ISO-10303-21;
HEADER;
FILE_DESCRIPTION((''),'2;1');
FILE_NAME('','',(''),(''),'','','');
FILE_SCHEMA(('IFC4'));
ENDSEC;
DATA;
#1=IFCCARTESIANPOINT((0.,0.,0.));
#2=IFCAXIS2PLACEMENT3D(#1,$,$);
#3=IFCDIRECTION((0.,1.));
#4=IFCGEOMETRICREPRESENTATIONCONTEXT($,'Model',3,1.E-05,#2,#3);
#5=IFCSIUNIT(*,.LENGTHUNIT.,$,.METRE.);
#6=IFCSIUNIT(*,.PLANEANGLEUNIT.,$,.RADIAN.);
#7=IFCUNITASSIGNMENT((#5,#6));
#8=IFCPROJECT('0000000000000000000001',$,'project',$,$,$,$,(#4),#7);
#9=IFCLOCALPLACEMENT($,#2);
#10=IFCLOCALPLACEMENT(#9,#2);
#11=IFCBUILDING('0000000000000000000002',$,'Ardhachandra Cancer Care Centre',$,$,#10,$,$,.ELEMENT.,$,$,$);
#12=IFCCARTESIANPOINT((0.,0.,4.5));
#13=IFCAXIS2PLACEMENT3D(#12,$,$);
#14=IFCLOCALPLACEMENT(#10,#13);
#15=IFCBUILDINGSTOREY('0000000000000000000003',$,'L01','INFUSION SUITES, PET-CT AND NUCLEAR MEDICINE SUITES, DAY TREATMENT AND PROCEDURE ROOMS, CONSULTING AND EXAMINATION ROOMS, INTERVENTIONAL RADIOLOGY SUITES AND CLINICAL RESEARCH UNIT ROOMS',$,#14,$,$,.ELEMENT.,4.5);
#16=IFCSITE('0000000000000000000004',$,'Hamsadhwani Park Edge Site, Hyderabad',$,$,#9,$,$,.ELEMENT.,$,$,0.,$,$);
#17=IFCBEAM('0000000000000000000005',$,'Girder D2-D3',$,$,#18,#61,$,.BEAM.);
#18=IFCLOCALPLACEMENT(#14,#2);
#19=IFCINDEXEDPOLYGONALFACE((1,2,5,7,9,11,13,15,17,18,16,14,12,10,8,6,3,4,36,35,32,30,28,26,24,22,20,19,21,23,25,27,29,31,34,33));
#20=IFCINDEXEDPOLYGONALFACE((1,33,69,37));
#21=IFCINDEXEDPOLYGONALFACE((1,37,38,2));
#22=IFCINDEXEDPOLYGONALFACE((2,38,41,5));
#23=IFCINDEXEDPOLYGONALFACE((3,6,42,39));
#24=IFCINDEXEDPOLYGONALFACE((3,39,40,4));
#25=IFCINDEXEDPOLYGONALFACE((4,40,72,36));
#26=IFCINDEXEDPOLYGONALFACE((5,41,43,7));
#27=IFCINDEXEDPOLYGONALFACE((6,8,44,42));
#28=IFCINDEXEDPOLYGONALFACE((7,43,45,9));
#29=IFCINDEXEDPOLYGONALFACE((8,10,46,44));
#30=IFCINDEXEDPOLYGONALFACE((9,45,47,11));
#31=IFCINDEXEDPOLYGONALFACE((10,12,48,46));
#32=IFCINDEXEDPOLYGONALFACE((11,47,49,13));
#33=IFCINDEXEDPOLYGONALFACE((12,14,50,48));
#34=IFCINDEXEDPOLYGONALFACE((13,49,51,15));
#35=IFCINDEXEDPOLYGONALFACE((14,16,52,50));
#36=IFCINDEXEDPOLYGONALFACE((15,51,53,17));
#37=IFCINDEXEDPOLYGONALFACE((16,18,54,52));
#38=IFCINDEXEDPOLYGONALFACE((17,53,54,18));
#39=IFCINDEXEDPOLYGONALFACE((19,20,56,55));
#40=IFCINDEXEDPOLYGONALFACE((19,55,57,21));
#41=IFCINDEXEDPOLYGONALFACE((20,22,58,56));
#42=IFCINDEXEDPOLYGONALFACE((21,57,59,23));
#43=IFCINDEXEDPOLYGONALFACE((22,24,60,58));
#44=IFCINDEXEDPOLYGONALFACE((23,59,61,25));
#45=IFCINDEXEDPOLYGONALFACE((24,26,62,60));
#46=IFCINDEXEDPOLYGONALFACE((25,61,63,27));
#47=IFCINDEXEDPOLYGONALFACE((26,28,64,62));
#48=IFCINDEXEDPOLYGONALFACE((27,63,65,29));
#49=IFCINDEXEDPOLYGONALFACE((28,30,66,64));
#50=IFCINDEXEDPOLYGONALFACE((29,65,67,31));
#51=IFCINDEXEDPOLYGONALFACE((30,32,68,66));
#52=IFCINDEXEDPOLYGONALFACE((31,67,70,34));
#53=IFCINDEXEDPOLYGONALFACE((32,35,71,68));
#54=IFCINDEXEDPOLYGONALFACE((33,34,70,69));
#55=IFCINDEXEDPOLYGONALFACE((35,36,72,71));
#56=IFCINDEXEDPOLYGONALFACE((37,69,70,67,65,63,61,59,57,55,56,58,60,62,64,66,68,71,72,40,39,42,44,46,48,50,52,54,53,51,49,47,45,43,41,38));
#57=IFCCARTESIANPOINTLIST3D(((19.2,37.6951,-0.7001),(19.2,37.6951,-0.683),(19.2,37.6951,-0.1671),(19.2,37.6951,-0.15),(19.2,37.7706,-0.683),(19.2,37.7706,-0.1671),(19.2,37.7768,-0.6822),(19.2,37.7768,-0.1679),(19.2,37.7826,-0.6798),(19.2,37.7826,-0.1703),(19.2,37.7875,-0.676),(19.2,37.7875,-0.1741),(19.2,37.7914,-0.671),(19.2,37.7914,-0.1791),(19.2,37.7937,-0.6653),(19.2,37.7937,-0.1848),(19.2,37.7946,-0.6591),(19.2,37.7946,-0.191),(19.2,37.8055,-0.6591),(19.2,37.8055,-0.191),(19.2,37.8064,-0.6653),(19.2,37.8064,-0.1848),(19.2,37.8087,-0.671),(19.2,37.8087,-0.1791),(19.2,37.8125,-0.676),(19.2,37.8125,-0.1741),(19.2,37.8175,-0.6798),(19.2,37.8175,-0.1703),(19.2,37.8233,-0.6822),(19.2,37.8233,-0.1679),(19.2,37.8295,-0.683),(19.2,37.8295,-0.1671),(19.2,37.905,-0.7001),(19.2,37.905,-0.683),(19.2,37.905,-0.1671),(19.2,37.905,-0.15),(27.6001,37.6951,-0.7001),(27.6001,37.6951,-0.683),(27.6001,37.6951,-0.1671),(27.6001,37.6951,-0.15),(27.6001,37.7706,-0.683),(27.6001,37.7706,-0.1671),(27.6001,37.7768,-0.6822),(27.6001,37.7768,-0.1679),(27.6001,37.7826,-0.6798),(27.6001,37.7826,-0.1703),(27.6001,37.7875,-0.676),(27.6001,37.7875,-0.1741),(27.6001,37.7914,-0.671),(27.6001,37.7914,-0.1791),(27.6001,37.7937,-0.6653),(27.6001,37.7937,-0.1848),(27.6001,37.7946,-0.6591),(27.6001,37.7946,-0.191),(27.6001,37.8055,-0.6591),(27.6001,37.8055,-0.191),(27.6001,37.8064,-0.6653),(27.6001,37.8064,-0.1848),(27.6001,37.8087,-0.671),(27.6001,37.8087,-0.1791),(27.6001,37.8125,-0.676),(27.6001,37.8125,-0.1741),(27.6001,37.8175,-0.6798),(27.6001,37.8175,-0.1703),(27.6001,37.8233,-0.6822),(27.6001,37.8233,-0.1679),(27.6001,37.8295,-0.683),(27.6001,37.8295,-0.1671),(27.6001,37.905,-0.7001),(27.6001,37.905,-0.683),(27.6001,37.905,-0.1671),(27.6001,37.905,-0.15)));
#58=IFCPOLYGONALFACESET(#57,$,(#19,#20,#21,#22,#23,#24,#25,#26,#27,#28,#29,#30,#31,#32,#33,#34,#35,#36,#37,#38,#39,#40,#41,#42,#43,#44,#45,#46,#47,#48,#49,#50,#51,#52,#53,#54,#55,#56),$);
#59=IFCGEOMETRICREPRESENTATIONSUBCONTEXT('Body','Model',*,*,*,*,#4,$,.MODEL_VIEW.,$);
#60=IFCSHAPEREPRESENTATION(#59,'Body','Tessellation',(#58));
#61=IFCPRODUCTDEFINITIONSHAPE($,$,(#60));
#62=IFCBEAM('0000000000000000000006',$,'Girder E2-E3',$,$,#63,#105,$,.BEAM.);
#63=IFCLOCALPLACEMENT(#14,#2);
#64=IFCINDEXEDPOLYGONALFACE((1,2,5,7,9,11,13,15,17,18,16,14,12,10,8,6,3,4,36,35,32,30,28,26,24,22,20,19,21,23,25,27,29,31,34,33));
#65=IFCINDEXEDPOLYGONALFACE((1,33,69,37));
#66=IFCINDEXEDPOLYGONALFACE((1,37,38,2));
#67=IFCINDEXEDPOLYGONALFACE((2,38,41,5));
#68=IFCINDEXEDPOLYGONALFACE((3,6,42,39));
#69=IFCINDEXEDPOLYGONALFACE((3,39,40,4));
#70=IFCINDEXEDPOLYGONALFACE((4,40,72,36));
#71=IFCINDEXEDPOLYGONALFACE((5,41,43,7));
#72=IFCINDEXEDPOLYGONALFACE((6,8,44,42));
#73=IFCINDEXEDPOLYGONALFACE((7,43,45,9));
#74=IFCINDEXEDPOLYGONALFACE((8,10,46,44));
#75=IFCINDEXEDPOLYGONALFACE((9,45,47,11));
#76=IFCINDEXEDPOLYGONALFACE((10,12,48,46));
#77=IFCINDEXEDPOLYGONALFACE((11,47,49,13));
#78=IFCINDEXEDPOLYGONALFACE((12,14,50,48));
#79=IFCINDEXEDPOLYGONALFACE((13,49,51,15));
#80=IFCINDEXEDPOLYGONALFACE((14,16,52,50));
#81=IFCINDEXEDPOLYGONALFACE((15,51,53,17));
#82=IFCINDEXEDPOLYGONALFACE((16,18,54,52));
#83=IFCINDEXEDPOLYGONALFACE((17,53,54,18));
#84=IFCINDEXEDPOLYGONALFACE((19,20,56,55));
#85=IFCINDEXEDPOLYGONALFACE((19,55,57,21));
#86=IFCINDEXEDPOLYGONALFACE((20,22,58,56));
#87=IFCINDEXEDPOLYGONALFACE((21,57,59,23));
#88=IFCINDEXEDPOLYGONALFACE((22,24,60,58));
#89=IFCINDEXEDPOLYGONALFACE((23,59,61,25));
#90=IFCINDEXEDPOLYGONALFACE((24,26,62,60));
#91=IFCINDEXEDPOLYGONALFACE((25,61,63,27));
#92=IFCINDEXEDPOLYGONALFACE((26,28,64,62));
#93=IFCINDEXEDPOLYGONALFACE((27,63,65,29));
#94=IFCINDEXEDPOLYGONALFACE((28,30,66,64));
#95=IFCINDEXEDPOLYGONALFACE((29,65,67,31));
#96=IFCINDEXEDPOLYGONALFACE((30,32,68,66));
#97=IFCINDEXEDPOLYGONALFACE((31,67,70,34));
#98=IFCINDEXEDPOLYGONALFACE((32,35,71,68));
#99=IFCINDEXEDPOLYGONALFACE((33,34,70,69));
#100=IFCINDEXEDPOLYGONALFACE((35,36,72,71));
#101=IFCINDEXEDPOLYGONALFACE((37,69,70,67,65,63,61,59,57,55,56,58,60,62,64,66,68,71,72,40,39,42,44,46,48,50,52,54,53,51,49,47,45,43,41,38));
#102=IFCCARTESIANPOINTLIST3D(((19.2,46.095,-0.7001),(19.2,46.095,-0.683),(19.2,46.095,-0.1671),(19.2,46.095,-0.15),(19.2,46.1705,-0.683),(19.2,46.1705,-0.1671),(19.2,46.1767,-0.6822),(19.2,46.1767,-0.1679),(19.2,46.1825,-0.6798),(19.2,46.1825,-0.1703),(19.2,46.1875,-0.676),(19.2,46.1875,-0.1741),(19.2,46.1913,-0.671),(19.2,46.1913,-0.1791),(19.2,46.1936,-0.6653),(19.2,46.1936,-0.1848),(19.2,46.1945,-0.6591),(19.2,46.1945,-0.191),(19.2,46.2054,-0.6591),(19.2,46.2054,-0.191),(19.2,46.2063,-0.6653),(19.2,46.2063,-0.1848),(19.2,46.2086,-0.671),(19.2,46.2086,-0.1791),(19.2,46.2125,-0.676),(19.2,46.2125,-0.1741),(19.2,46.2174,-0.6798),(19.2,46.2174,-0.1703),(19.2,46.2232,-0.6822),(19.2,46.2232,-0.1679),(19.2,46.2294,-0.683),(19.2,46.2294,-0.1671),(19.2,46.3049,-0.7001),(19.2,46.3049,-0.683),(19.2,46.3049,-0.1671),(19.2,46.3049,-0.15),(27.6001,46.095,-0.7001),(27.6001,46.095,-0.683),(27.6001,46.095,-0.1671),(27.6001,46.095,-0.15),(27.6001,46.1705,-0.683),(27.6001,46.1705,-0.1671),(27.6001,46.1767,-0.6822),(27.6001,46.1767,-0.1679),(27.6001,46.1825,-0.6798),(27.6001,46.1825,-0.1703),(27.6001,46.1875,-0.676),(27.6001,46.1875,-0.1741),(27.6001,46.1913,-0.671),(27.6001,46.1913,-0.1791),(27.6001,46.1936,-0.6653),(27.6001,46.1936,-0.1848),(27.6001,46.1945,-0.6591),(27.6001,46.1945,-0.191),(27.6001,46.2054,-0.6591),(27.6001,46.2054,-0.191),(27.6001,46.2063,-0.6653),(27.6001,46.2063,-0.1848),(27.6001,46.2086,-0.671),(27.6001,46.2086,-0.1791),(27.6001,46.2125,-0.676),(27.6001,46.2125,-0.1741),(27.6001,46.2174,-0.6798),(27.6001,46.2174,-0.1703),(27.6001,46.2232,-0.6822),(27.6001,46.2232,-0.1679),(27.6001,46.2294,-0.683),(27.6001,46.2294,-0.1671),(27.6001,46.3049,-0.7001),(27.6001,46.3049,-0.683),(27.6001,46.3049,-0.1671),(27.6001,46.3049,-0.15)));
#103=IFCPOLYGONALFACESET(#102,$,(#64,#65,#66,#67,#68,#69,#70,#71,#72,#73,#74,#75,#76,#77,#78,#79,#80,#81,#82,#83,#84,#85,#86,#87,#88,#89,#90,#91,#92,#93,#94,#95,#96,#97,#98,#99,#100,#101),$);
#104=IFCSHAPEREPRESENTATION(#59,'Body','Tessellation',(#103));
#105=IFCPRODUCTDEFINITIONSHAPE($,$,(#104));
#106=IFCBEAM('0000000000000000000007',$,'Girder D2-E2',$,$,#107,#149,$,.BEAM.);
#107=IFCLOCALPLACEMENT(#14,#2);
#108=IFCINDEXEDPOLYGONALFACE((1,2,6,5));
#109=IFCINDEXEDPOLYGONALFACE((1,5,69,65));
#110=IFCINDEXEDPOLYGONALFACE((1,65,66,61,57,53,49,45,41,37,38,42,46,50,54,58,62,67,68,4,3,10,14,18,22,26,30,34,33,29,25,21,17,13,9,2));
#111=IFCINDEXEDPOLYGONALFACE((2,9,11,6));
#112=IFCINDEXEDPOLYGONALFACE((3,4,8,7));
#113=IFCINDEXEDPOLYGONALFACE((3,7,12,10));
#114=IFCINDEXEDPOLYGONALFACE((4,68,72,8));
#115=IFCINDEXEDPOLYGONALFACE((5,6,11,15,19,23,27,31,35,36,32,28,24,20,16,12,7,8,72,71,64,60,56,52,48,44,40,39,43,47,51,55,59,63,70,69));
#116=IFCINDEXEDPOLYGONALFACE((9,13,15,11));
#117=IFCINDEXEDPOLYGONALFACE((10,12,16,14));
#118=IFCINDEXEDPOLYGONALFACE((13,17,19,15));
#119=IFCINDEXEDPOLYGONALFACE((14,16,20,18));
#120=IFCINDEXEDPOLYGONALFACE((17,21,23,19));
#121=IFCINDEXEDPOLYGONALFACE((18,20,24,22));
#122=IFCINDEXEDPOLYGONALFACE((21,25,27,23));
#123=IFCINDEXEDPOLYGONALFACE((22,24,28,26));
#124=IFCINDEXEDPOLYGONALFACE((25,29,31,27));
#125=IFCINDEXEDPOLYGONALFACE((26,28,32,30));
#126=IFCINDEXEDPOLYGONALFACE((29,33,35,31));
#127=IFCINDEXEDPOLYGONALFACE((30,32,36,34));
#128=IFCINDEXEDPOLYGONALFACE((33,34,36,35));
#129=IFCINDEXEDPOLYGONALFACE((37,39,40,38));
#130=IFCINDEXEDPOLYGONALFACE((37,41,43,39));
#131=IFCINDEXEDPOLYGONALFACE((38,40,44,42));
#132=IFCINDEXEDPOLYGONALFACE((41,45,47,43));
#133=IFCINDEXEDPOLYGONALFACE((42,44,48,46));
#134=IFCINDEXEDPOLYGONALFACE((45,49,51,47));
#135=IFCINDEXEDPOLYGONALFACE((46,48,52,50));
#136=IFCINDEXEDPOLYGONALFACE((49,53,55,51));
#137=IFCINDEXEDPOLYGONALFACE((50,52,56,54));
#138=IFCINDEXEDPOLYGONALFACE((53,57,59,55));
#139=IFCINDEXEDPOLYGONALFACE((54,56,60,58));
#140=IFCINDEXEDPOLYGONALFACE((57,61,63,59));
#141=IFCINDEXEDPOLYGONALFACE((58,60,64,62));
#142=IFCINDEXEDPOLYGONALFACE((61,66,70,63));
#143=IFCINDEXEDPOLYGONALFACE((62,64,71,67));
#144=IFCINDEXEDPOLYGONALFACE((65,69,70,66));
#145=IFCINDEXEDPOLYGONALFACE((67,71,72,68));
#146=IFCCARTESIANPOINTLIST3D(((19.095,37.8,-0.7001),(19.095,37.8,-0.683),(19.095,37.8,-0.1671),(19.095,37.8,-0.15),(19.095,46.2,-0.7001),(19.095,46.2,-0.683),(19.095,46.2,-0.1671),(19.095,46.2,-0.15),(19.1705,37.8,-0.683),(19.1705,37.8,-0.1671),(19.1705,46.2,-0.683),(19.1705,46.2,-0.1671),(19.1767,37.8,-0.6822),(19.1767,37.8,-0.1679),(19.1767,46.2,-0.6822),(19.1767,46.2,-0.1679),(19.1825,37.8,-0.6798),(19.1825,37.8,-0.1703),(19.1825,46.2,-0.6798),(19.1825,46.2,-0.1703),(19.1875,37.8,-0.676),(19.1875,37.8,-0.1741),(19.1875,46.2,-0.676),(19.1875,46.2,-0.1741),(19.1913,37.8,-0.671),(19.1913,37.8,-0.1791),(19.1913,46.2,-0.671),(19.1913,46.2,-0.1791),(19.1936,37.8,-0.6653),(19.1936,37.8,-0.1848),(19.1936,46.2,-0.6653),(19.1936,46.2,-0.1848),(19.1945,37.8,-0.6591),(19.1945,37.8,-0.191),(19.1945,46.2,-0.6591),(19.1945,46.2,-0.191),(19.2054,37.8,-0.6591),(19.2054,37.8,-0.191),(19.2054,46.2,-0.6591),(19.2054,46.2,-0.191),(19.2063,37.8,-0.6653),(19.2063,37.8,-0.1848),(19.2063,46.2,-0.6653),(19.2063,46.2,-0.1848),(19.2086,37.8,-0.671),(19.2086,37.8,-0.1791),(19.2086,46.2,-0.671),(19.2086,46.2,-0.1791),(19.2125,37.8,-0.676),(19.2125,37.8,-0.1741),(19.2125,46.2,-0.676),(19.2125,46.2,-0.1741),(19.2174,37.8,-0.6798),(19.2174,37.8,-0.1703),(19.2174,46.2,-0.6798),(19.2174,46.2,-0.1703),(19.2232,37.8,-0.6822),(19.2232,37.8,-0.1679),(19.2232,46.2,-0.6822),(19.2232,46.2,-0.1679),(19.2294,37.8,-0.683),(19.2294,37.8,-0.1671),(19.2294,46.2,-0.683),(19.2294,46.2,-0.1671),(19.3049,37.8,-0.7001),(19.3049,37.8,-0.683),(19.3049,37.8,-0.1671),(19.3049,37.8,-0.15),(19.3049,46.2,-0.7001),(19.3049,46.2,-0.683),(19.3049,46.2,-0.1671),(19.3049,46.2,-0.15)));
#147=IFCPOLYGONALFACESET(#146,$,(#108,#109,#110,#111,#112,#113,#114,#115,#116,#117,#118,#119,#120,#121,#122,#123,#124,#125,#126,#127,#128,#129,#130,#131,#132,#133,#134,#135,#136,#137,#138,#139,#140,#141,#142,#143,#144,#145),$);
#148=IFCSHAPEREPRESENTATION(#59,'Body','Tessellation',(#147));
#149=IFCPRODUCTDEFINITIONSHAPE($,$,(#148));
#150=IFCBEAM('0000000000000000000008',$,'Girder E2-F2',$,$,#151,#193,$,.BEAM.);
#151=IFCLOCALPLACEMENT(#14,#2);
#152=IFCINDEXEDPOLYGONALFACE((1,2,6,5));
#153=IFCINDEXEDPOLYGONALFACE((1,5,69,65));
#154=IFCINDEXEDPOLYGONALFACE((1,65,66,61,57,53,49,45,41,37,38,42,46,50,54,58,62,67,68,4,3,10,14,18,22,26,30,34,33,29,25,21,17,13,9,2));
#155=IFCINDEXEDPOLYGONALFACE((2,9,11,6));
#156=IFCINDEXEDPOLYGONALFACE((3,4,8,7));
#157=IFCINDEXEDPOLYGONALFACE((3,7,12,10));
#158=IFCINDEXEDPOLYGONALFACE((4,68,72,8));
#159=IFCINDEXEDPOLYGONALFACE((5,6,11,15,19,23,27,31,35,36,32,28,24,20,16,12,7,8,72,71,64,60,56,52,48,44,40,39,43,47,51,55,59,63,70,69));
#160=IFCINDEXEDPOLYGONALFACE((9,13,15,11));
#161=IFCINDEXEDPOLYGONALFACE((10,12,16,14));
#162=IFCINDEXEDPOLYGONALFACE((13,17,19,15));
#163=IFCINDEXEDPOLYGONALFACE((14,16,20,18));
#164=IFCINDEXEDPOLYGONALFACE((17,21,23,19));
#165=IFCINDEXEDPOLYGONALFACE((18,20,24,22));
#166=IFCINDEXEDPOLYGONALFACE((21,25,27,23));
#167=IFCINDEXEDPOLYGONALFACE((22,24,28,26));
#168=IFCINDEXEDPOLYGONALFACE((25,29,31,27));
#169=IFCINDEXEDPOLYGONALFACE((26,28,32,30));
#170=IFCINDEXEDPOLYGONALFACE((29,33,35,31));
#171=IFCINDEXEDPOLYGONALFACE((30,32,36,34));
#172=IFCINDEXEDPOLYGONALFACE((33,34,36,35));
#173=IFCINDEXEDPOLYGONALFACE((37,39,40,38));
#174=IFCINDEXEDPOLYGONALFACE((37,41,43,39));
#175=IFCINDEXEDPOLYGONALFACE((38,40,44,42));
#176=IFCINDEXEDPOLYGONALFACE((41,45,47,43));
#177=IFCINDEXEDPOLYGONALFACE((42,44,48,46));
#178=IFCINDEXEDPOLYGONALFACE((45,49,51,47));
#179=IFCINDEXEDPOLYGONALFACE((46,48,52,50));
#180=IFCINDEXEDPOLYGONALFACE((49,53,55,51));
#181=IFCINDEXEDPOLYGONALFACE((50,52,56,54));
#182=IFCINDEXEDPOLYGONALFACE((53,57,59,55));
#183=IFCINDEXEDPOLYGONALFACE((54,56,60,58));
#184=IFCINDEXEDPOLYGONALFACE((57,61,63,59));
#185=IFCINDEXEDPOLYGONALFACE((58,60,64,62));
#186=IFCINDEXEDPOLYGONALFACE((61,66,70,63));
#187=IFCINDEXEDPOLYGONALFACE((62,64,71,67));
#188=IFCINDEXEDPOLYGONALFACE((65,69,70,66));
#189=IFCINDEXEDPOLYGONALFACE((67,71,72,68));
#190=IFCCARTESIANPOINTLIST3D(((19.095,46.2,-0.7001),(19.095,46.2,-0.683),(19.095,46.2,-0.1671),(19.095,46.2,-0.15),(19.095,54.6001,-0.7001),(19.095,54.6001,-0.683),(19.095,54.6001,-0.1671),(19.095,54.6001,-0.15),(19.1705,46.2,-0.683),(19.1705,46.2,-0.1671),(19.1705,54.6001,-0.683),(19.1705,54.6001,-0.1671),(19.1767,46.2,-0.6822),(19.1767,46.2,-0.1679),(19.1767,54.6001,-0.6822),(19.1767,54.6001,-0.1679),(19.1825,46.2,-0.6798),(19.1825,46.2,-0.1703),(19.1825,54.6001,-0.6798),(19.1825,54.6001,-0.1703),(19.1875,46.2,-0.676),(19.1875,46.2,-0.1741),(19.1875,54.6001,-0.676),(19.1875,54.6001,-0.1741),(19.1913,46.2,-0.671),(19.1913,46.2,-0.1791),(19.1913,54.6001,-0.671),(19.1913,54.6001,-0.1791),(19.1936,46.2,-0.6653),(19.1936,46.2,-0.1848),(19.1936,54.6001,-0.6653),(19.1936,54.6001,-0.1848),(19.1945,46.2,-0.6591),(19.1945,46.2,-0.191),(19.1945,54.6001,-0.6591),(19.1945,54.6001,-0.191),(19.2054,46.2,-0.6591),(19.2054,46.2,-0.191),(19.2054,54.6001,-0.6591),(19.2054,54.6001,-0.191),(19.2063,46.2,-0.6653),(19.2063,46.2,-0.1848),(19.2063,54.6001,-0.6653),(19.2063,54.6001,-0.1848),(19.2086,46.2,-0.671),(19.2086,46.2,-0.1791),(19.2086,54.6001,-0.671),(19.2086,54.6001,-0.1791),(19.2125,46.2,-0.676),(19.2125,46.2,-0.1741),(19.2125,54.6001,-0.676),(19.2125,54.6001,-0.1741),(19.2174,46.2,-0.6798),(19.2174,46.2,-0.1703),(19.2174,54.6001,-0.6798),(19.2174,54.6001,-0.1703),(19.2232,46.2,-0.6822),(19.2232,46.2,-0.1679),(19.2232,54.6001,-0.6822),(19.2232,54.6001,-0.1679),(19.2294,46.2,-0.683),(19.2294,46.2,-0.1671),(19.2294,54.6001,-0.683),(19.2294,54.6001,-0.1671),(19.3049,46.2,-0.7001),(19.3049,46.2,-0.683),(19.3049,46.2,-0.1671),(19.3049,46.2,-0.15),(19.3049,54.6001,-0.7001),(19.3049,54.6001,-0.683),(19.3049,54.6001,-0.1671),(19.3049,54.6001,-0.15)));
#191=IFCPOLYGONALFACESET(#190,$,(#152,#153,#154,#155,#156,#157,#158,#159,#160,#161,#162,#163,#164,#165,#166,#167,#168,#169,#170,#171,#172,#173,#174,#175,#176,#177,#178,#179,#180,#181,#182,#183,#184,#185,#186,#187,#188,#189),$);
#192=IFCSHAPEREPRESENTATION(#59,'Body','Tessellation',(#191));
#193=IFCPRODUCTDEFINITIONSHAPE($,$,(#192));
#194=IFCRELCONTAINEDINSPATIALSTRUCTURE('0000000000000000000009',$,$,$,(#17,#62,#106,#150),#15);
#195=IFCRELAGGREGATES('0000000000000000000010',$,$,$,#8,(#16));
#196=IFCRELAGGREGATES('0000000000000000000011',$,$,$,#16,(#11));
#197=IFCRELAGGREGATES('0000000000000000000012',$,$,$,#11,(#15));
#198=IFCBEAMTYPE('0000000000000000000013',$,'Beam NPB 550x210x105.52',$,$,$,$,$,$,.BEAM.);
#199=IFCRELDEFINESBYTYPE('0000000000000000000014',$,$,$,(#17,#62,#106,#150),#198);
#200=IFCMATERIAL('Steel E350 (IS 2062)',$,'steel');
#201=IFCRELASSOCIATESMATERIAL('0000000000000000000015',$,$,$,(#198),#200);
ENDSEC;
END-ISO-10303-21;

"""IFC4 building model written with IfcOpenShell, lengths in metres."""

from ifc_helpers import new_model, si_unit, direction, frame, origin, origin_2d, place, context, subcontext, project, spatial, i_section, extrude, material, material_profile, profile_set, type_object, element, save


model = new_model("IFC4")

# Units and contexts
model_context = context("Model", 3, precision=1e-05, world=origin(), true_north=direction((0.0, 1.0)))
body_context = subcontext(model_context, "Body", "Model", "MODEL_VIEW")
ifc_project = project(units=[si_unit("LENGTHUNIT", "METRE"), si_unit("PLANEANGLEUNIT", "RADIAN")], contexts=[model_context])

# Site, building, storey
site_placement = place(None, origin())
site = spatial("IfcSite", under=ifc_project, at=site_placement, Name="Hamsadhwani Park Edge Site, Hyderabad", CompositionType="ELEMENT", RefElevation=0.0)
building_placement = place(site_placement, origin())
building = spatial("IfcBuilding", under=site, at=building_placement, Name="Ardhachandra Cancer Care Centre", CompositionType="ELEMENT")
storey_placement = place(building_placement, frame((0.0, 0.0, 4.5)))
storey = spatial("IfcBuildingStorey", under=building, at=storey_placement, Name="L01", Description="INFUSION SUITES, PET-CT AND NUCLEAR MEDICINE SUITES, DAY TREATMENT AND PROCEDURE ROOMS, CONSULTING AND EXAMINATION ROOMS, INTERVENTIONAL RADIOLOGY SUITES AND CLINICAL RESEARCH UNIT ROOMS", CompositionType="ELEMENT", Elevation=4.5)

# Beams
ifc_material_1 = material(Name="Steel E350 (IS 2062)", Category="steel")
ifc_material_profile_1 = material_profile(ifc_material_1, i_section(OverallWidth=0.21, OverallDepth=0.55, WebThickness=0.011, FlangeThickness=0.0171, FilletRadius=0.0239, at=origin_2d()), Name="NPB 550x210x105.52")
ifc_profile_set_1 = profile_set([ifc_material_profile_1], Name="Steel E350 (IS 2062)")
beam_type_1 = type_object("IfcBeamType", Name="Beam NPB 550x210x105.52", PredefinedType="BEAM", material=ifc_profile_set_1)
for number, where, z_axis, x_axis, name in (
    (1, (19.2, 37.8, -0.425), (1.0, 0.0, 0.0), (0.0, 1.0, 0.0), "Girder D2-D3"),
    (2, (19.2, 46.2, -0.425), (1.0, 0.0, 0.0), (0.0, 1.0, 0.0), "Girder E2-E3"),
):
    element("IfcBeam", number, at=place(storey_placement, frame(where, z_axis=z_axis, x_axis=x_axis)), inside=storey, type_object=beam_type_1, Name=name, PredefinedType="BEAM", context=body_context, shape_type="SweptSolid", body=[
        extrude(i_section(OverallWidth=0.21, OverallDepth=0.55, WebThickness=0.011, FlangeThickness=0.0171, FilletRadius=0.0239, at=origin_2d()), origin(), (0.0, 0.0, 1.0), 8.4001),
    ])
beam_1_placement = place(storey_placement, frame((19.2, 37.8, -0.425), z_axis=(0.0, 1.0, 0.0), x_axis=(-1.0, 0.0, 0.0)))
element("IfcBeam", 3, at=beam_1_placement, inside=storey, type_object=beam_type_1, Name="Girder D2-E2", PredefinedType="BEAM", context=body_context, shape_type="SweptSolid", body=[
    extrude(i_section(OverallWidth=0.21, OverallDepth=0.55, WebThickness=0.011, FlangeThickness=0.0171, FilletRadius=0.0239, at=origin_2d()), origin(), (0.0, 0.0, 1.0), 8.3999),
])
beam_2_placement = place(storey_placement, frame((19.2, 46.2, -0.425), z_axis=(0.0, 1.0, 0.0), x_axis=(-1.0, 0.0, 0.0)))
element("IfcBeam", 4, at=beam_2_placement, inside=storey, type_object=beam_type_1, Name="Girder E2-F2", PredefinedType="BEAM", context=body_context, shape_type="SweptSolid", body=[
    extrude(i_section(OverallWidth=0.21, OverallDepth=0.55, WebThickness=0.011, FlangeThickness=0.0171, FilletRadius=0.0239, at=origin_2d()), origin(), (0.0, 0.0, 1.0), 8.4001),
])

save(model, "model.ifc")
